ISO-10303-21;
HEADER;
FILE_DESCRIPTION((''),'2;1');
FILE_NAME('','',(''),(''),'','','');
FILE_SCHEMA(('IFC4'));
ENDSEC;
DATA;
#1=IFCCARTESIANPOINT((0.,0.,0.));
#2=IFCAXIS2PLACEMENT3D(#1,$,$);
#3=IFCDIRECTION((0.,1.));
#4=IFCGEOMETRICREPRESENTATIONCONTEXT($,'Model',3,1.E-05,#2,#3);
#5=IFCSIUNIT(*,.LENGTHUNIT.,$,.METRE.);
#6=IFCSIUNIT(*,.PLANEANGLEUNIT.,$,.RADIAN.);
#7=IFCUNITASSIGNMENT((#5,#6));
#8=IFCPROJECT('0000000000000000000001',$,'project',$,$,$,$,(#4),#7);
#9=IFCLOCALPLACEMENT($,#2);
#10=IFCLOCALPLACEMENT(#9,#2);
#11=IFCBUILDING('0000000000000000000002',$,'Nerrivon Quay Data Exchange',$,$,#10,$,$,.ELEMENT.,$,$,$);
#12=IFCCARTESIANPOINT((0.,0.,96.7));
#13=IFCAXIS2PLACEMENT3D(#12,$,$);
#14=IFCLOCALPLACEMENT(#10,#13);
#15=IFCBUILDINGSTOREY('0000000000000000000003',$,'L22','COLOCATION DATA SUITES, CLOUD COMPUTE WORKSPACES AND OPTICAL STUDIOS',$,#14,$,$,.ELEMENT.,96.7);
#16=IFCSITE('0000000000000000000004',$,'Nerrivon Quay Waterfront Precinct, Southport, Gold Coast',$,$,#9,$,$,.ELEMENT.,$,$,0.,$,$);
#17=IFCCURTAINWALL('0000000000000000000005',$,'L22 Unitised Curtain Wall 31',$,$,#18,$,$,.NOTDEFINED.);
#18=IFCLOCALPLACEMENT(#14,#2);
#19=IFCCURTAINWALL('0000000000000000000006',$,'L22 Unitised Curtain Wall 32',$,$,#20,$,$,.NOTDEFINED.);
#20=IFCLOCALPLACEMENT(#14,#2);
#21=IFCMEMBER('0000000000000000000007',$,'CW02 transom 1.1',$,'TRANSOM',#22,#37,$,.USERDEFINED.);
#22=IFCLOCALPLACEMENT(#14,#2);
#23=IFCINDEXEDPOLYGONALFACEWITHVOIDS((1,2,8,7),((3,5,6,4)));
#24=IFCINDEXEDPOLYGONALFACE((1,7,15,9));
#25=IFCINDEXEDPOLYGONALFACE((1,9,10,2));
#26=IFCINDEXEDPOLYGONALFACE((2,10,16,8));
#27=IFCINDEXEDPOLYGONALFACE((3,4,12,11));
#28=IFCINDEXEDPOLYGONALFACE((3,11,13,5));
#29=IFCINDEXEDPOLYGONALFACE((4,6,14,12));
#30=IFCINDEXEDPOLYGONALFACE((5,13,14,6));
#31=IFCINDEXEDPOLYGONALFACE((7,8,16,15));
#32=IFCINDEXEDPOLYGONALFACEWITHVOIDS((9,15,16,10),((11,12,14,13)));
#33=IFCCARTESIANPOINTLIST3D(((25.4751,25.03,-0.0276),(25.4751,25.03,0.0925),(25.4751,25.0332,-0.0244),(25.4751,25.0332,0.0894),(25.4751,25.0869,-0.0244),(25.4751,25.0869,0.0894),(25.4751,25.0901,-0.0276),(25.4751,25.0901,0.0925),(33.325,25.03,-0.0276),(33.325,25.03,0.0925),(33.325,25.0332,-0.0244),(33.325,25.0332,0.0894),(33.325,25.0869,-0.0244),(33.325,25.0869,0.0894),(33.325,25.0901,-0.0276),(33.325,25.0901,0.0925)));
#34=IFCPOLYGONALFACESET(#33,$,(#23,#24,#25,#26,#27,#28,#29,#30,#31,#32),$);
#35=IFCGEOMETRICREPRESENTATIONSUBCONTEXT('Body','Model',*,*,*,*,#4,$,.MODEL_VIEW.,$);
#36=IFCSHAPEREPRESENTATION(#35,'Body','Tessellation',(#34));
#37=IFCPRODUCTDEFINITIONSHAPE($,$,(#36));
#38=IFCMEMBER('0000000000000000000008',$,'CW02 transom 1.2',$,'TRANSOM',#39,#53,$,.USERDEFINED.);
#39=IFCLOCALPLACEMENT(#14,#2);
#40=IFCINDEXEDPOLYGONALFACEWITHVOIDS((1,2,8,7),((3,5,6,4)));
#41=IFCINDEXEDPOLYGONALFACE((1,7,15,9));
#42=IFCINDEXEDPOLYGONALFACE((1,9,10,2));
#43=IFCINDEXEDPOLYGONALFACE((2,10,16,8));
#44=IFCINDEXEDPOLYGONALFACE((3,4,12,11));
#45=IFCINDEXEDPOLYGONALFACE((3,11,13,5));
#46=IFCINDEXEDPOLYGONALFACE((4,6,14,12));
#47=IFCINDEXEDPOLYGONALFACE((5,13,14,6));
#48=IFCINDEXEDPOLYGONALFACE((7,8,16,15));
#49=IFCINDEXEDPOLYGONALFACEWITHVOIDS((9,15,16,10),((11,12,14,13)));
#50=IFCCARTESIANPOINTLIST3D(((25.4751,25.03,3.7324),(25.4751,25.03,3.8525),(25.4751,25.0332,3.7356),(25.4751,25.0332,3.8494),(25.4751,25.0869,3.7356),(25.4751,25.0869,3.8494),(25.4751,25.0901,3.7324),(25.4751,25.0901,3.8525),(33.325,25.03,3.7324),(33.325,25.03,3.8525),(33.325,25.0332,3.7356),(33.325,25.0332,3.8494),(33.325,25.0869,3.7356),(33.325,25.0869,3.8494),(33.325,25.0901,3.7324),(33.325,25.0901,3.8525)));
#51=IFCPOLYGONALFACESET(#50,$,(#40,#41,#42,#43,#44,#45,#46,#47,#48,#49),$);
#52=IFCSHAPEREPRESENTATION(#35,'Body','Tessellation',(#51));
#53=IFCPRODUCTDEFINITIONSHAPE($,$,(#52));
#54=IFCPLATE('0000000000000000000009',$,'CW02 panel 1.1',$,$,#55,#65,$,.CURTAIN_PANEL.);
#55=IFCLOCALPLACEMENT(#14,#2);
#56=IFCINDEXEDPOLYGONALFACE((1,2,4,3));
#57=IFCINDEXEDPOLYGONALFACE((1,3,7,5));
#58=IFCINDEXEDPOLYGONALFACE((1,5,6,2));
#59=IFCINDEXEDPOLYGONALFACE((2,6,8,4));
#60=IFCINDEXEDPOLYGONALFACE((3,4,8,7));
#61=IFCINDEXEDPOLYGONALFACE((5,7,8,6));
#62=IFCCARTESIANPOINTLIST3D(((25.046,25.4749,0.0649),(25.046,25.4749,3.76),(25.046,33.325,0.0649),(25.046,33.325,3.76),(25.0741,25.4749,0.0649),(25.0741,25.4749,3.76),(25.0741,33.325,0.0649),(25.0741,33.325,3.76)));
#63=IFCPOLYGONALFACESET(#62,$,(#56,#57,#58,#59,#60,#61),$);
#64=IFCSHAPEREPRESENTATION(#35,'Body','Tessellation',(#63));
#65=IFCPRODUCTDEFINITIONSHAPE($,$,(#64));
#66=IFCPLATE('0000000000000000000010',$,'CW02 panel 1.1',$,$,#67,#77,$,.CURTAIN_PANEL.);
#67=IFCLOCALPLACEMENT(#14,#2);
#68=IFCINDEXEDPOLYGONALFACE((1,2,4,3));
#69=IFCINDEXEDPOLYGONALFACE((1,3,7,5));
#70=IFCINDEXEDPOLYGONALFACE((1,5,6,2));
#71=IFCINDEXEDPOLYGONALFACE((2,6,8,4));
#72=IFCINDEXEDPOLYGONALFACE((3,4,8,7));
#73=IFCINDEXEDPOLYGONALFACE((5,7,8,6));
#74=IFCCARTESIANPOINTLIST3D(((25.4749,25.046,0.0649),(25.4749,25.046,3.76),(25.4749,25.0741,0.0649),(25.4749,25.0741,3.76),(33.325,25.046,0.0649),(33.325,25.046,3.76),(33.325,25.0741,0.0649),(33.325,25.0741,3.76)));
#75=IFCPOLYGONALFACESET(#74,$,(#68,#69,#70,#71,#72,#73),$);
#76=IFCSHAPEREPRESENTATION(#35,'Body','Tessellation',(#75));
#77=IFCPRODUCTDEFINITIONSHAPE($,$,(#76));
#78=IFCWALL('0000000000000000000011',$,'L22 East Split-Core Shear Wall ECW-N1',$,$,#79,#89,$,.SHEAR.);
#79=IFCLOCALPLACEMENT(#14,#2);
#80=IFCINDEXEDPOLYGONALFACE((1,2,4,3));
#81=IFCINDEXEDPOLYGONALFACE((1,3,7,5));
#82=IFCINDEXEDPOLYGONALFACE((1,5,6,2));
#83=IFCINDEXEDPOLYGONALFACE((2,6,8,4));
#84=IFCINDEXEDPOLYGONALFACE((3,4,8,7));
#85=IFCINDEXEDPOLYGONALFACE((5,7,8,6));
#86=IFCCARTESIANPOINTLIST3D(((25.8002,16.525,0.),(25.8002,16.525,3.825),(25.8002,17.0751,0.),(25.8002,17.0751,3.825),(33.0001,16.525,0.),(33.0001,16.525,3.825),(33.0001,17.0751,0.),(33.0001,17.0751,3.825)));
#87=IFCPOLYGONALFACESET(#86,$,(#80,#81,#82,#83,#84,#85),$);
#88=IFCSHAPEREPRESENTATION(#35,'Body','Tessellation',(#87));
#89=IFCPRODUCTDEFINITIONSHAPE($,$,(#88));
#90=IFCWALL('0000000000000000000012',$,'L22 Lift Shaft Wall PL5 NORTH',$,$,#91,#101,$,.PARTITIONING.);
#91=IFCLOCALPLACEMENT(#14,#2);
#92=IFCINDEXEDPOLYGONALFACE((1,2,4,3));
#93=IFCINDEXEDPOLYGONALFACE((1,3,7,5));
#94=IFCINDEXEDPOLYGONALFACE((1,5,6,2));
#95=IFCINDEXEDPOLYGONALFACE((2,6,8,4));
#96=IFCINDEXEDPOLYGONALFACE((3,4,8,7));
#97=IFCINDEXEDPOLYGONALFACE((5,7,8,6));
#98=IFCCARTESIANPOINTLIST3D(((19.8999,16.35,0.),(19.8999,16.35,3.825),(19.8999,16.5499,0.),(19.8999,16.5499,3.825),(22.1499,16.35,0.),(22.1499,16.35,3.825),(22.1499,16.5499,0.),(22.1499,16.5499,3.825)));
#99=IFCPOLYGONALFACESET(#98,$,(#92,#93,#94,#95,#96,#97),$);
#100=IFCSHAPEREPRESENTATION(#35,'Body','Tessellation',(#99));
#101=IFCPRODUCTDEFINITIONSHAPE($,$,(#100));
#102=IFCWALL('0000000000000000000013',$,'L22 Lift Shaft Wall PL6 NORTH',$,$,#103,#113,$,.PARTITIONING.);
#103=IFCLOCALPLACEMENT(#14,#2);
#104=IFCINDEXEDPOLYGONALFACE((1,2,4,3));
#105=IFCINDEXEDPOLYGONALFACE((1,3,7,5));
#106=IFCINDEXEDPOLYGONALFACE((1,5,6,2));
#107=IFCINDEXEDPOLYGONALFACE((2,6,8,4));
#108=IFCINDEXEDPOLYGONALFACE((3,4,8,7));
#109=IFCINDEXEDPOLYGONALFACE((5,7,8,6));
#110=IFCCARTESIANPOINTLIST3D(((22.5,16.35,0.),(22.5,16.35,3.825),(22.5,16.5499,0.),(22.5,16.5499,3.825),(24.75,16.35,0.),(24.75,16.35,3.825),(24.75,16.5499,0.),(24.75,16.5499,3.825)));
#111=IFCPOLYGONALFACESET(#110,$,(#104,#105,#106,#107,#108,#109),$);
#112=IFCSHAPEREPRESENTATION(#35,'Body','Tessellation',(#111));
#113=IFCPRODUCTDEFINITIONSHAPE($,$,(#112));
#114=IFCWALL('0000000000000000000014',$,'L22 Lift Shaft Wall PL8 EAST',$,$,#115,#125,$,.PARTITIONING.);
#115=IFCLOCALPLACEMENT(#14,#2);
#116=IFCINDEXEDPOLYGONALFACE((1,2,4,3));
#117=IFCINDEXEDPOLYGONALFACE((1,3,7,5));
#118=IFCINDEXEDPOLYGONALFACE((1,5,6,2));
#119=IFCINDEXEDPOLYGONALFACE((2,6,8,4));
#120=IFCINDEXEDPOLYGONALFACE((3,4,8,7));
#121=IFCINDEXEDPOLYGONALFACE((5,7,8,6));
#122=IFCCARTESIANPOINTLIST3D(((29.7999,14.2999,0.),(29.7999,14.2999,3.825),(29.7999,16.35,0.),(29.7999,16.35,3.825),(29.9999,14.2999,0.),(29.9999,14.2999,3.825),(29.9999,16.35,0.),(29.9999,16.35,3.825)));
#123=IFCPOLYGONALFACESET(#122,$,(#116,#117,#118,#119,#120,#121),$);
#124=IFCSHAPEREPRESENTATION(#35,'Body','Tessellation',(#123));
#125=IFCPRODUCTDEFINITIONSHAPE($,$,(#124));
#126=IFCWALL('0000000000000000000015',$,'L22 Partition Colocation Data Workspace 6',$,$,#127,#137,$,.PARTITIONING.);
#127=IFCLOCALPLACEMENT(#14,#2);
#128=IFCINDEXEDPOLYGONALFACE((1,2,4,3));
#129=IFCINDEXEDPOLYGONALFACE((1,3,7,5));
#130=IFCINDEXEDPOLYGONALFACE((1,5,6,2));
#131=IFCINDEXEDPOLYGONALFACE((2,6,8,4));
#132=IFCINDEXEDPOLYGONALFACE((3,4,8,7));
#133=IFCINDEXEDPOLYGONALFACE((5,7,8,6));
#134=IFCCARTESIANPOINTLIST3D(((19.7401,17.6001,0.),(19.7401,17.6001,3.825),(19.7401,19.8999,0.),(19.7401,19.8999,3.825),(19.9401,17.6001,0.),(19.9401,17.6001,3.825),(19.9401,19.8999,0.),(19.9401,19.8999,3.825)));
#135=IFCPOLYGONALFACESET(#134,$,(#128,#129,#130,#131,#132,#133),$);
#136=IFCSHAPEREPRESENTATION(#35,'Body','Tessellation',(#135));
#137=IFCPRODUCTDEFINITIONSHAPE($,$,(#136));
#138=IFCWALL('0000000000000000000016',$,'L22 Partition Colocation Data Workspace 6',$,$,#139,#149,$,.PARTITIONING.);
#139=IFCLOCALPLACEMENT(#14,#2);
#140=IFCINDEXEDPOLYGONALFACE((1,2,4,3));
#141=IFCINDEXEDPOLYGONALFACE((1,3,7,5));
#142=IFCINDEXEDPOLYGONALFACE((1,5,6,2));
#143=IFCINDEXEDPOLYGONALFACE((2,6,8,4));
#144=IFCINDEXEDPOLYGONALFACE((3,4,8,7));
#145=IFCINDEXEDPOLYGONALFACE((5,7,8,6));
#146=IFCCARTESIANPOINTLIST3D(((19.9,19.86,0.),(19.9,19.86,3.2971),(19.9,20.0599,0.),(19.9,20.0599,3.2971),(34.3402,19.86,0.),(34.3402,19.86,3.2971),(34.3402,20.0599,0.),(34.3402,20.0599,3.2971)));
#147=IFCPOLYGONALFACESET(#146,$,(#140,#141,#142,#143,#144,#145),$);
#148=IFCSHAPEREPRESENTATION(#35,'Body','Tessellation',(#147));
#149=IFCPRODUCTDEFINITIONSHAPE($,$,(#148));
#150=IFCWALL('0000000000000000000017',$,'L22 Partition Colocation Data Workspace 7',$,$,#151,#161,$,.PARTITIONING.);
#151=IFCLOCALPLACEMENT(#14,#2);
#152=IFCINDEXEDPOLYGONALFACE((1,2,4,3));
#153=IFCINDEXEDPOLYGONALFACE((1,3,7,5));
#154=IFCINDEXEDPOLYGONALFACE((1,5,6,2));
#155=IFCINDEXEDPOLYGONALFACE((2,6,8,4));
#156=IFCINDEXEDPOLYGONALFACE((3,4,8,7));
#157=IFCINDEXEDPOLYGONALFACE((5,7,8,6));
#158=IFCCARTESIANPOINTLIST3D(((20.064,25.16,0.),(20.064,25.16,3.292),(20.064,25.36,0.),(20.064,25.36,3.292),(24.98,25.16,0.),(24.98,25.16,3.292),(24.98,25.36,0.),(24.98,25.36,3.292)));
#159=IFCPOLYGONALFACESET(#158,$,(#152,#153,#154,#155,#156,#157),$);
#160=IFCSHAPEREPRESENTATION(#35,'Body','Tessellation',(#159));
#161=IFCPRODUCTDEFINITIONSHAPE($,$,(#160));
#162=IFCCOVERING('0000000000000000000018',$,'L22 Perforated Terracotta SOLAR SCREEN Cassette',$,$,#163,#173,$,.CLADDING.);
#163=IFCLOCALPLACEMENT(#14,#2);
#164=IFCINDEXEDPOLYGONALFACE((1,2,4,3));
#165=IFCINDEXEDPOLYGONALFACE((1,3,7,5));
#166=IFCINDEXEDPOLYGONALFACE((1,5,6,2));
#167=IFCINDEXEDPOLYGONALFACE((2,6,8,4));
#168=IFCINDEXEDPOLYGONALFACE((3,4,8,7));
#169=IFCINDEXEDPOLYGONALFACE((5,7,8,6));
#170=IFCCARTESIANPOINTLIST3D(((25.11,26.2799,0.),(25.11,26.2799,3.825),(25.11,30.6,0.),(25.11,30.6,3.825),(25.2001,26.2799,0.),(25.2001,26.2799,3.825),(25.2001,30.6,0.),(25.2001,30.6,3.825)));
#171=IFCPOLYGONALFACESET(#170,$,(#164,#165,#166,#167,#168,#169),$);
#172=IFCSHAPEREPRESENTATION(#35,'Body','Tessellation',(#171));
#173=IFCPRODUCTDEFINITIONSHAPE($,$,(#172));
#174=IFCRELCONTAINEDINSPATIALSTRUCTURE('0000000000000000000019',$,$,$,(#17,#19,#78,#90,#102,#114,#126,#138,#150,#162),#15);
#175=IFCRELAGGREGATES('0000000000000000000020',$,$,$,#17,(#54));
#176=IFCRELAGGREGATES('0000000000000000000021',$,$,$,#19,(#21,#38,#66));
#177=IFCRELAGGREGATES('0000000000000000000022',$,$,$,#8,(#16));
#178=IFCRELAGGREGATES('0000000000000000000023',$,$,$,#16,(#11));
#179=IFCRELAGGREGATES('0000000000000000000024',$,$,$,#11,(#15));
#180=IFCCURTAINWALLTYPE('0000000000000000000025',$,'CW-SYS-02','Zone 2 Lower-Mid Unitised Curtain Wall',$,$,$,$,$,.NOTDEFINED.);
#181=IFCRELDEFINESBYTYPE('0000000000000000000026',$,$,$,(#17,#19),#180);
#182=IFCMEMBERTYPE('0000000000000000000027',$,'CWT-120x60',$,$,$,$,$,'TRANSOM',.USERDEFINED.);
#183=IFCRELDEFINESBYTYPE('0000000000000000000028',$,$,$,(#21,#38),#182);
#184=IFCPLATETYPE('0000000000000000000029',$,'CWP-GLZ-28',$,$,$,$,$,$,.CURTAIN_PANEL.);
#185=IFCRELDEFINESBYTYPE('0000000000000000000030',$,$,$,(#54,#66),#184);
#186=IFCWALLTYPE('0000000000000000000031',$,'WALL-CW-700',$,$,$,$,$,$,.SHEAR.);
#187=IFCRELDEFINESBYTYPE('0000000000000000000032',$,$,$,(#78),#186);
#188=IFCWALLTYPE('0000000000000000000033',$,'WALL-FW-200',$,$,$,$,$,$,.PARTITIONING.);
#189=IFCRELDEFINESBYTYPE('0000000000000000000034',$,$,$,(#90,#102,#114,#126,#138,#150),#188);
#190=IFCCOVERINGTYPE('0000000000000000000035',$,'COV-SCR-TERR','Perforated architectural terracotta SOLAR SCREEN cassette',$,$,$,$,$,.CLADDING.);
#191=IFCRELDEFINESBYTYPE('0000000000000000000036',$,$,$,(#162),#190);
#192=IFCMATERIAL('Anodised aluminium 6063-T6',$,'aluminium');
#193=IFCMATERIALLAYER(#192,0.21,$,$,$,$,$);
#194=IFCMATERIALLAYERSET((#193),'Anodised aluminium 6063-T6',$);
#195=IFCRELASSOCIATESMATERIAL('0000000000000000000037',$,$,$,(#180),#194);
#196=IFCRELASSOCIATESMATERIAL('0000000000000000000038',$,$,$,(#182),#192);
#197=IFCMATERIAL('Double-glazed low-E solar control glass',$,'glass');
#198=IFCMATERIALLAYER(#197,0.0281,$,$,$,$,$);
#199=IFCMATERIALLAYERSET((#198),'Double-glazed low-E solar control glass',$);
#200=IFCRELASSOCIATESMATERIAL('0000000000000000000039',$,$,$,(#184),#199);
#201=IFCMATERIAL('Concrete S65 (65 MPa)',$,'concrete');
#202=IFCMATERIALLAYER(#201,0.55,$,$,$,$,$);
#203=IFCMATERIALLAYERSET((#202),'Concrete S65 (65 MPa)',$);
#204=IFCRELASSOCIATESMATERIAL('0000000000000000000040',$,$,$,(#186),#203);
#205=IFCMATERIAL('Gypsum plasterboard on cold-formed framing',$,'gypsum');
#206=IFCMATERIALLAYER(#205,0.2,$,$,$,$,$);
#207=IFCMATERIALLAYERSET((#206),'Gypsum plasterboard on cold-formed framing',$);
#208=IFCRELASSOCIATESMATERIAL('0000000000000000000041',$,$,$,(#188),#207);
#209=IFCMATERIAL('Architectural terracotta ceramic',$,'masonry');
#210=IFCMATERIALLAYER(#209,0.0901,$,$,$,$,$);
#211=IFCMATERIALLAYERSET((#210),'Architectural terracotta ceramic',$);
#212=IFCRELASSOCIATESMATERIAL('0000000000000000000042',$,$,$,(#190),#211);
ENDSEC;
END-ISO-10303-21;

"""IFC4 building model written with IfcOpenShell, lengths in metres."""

from ifc_helpers import new_model, si_unit, direction, frame, frame_2d, origin, origin_2d, place, context, subcontext, project, spatial, rectangle, hollow_rectangle, extrude, material, layer, layer_set, material_profile, profile_set, type_object, element, aggregate, save


model = new_model("IFC4")

# Units and contexts
model_context = context("Model", 3, precision=1e-05, world=origin(), true_north=direction((0.0, 1.0)))
body_context = subcontext(model_context, "Body", "Model", "MODEL_VIEW")
ifc_project = project(units=[si_unit("LENGTHUNIT", "METRE"), si_unit("PLANEANGLEUNIT", "RADIAN")], contexts=[model_context])

# Site, building, storey
site_placement = place(None, origin())
site = spatial("IfcSite", under=ifc_project, at=site_placement, Name="Nerrivon Quay Waterfront Precinct, Southport, Gold Coast", CompositionType="ELEMENT", RefElevation=0.0)
building_placement = place(site_placement, origin())
building = spatial("IfcBuilding", under=site, at=building_placement, Name="Nerrivon Quay Data Exchange", CompositionType="ELEMENT")
storey_placement = place(building_placement, frame((0.0, 0.0, 96.7)))
storey = spatial("IfcBuildingStorey", under=building, at=storey_placement, Name="L22", Description="COLOCATION DATA SUITES, CLOUD COMPUTE WORKSPACES AND OPTICAL STUDIOS", CompositionType="ELEMENT", Elevation=96.7)

# Shared definitions
ifc_material_1 = material(Name="Concrete S65 (65 MPa)", Category="concrete")

# Curtain wall
ifc_material_2 = material(Name="Anodised aluminium 6063-T6", Category="aluminium")
ifc_layer_1 = layer(ifc_material_2, 0.21)
ifc_layer_set_1 = layer_set([ifc_layer_1], Name="Anodised aluminium 6063-T6")
curtain_wall_type = type_object("IfcCurtainWallType", Name="CW-SYS-02", Description="Zone 2 Lower-Mid Unitised Curtain Wall", PredefinedType="NOTDEFINED", material=ifc_layer_set_1)
curtain_wall_1_placement = place(storey_placement, origin())
curtain_wall_1 = element("IfcCurtainWall", 1, at=curtain_wall_1_placement, inside=storey, type_object=curtain_wall_type, Name="L22 Unitised Curtain Wall 31", PredefinedType="NOTDEFINED")

# Curtain wall
curtain_wall_2_placement = place(storey_placement, origin())
curtain_wall_2 = element("IfcCurtainWall", 2, at=curtain_wall_2_placement, inside=storey, type_object=curtain_wall_type, Name="L22 Unitised Curtain Wall 32", PredefinedType="NOTDEFINED")

# Members
ifc_material_profile_1 = material_profile(ifc_material_2, hollow_rectangle(XDim=0.0601, YDim=0.1201, WallThickness=0.0032, at=origin_2d()), Name="ALU-TRAN-120x60")
ifc_profile_set_1 = profile_set([ifc_material_profile_1], Name="Anodised aluminium 6063-T6")
member_type_1 = type_object("IfcMemberType", Name="CWT-120x60", ElementType="TRANSOM", PredefinedType="USERDEFINED", material=ifc_profile_set_1)
member_1_placement = place(storey_placement, frame((25.4751, 25.0601, 0.0325), z_axis=(1.0, 0.0, 0.0), x_axis=(0.0, 1.0, 0.0)))
member_1 = element("IfcMember", 3, at=member_1_placement, type_object=member_type_1, Name="CW02 transom 1.1", ObjectType="TRANSOM", PredefinedType="USERDEFINED", context=body_context, shape_type="SweptSolid", body=[
    extrude(hollow_rectangle(XDim=0.0601, YDim=0.1201, WallThickness=0.0032, at=origin_2d()), origin(), (0.0, 0.0, 1.0), 7.8499),
])
member_2_placement = place(storey_placement, frame((25.4751, 25.0601, 3.7925), z_axis=(1.0, 0.0, 0.0), x_axis=(0.0, 1.0, 0.0)))
member_2 = element("IfcMember", 4, at=member_2_placement, type_object=member_type_1, Name="CW02 transom 1.2", ObjectType="TRANSOM", PredefinedType="USERDEFINED", context=body_context, shape_type="SweptSolid", body=[
    extrude(hollow_rectangle(XDim=0.0601, YDim=0.1201, WallThickness=0.0032, at=origin_2d()), origin(), (0.0, 0.0, 1.0), 7.8499),
])

# Plates
ifc_material_3 = material(Name="Double-glazed low-E solar control glass", Category="glass")
ifc_layer_2 = layer(ifc_material_3, 0.0281)
ifc_layer_set_2 = layer_set([ifc_layer_2], Name="Double-glazed low-E solar control glass")
plate_type = type_object("IfcPlateType", Name="CWP-GLZ-28", PredefinedType="CURTAIN_PANEL", material=ifc_layer_set_2)
plate_1_placement = place(storey_placement, frame((25.0601, 29.3999, 0.0649), z_axis=(0.0, 0.0, 1.0), x_axis=(0.0, -1.0, 0.0)))
plate_1 = element("IfcPlate", 5, at=plate_1_placement, type_object=plate_type, Name="CW02 panel 1.1", PredefinedType="CURTAIN_PANEL", context=body_context, shape_type="SweptSolid", body=[
    extrude(rectangle(XDim=7.8501, YDim=0.0281, at=origin_2d()), origin(), (0.0, 0.0, 1.0), 3.6951),
])
aggregate(curtain_wall_1, [plate_1])
plate_2_placement = place(storey_placement, frame((29.3999, 25.0601, 0.0649), z_axis=(0.0, 0.0, 1.0), x_axis=(1.0, 0.0, 0.0)))
plate_2 = element("IfcPlate", 6, at=plate_2_placement, type_object=plate_type, Name="CW02 panel 1.1", PredefinedType="CURTAIN_PANEL", context=body_context, shape_type="SweptSolid", body=[
    extrude(rectangle(XDim=7.8501, YDim=0.0281, at=origin_2d()), origin(), (0.0, 0.0, 1.0), 3.6951),
])
aggregate(curtain_wall_2, [member_1, member_2, plate_2])

# Walls
ifc_layer_3 = layer(ifc_material_1, 0.55)
ifc_layer_set_3 = layer_set([ifc_layer_3], Name="Concrete S65 (65 MPa)")
wall_type_1 = type_object("IfcWallType", Name="WALL-CW-700", PredefinedType="SHEAR", material=ifc_layer_set_3)
wall_1_placement = place(storey_placement, frame((25.8, 16.8, 0.0), z_axis=(0.0, 0.0, 1.0), x_axis=(1.0, 0.0, 0.0)))
element("IfcWall", 7, at=wall_1_placement, inside=storey, type_object=wall_type_1, Name="L22 East Split-Core Shear Wall ECW-N1", PredefinedType="SHEAR", context=body_context, shape_type="SweptSolid", body=[
    extrude(rectangle(XDim=7.2, YDim=0.55, at=frame_2d((3.6001, 0.0))), origin(), (0.0, 0.0, 1.0), 3.825),
])
ifc_material_4 = material(Name="Gypsum plasterboard on cold-formed framing", Category="gypsum")
ifc_layer_4 = layer(ifc_material_4, 0.2)
ifc_layer_set_4 = layer_set([ifc_layer_4], Name="Gypsum plasterboard on cold-formed framing")
wall_type_2 = type_object("IfcWallType", Name="WALL-FW-200", PredefinedType="PARTITIONING", material=ifc_layer_set_4)
for number, where, z_axis, x_axis, name in (
    (8, (19.8999, 16.45, 0.0), (0.0, 0.0, 1.0), (1.0, 0.0, 0.0), "L22 Lift Shaft Wall PL5 NORTH"),
    (9, (22.5, 16.45, 0.0), (0.0, 0.0, 1.0), (1.0, 0.0, 0.0), "L22 Lift Shaft Wall PL6 NORTH"),
):
    element("IfcWall", number, at=place(storey_placement, frame(where, z_axis=z_axis, x_axis=x_axis)), inside=storey, type_object=wall_type_2, Name=name, PredefinedType="PARTITIONING", context=body_context, shape_type="SweptSolid", body=[
        extrude(rectangle(XDim=2.25, YDim=0.2, at=frame_2d((1.125, 0.0))), origin(), (0.0, 0.0, 1.0), 3.825),
    ])
wall_2_placement = place(storey_placement, frame((29.8999, 14.3, 0.0), z_axis=(0.0, 0.0, 1.0), x_axis=(0.0, 1.0, 0.0)))
element("IfcWall", 10, at=wall_2_placement, inside=storey, type_object=wall_type_2, Name="L22 Lift Shaft Wall PL8 EAST", PredefinedType="PARTITIONING", context=body_context, shape_type="SweptSolid", body=[
    extrude(rectangle(XDim=2.05, YDim=0.2, at=frame_2d((1.0249, 0.0))), origin(), (0.0, 0.0, 1.0), 3.825),
])
wall_3_placement = place(storey_placement, frame((19.8401, 17.6001, 0.0), z_axis=(0.0, 0.0, 1.0), x_axis=(0.0, 1.0, 0.0)))
element("IfcWall", 11, at=wall_3_placement, inside=storey, type_object=wall_type_2, Name="L22 Partition Colocation Data Workspace 6", PredefinedType="PARTITIONING", context=body_context, shape_type="SweptSolid", body=[
    extrude(rectangle(XDim=2.2998, YDim=0.2, at=frame_2d((1.1499, 0.0))), origin(), (0.0, 0.0, 1.0), 3.825),
])
wall_4_placement = place(storey_placement, frame((19.8999, 19.96, 0.0), z_axis=(0.0, 0.0, 1.0), x_axis=(1.0, 0.0, 0.0)))
element("IfcWall", 12, at=wall_4_placement, inside=storey, type_object=wall_type_2, Name="L22 Partition Colocation Data Workspace 6", PredefinedType="PARTITIONING", context=body_context, shape_type="SweptSolid", body=[
    extrude(rectangle(XDim=14.4402, YDim=0.2, at=frame_2d((7.2202, 0.0))), origin(), (0.0, 0.0, 1.0), 3.2971),
])
wall_5_placement = place(storey_placement, frame((20.064, 25.26, 0.0), z_axis=(0.0, 0.0, 1.0), x_axis=(1.0, 0.0, 0.0)))
element("IfcWall", 13, at=wall_5_placement, inside=storey, type_object=wall_type_2, Name="L22 Partition Colocation Data Workspace 7", PredefinedType="PARTITIONING", context=body_context, shape_type="SweptSolid", body=[
    extrude(rectangle(XDim=4.916, YDim=0.2, at=frame_2d((2.458, 0.0))), origin(), (0.0, 0.0, 1.0), 3.292),
])

# Covering
ifc_material_5 = material(Name="Architectural terracotta ceramic", Category="masonry")
ifc_layer_5 = layer(ifc_material_5, 0.0901)
ifc_layer_set_5 = layer_set([ifc_layer_5], Name="Architectural terracotta ceramic")
covering_type = type_object("IfcCoveringType", Name="COV-SCR-TERR", Description="Perforated architectural terracotta SOLAR SCREEN cassette", PredefinedType="CLADDING", material=ifc_layer_set_5)
covering_placement = place(storey_placement, frame((25.155, 28.4399, 0.0), z_axis=(0.0, 0.0, 1.0), x_axis=(0.0, -1.0, 0.0)))
element("IfcCovering", 14, at=covering_placement, inside=storey, type_object=covering_type, Name="L22 Perforated Terracotta SOLAR SCREEN Cassette", PredefinedType="CLADDING", context=body_context, shape_type="SweptSolid", body=[
    extrude(rectangle(XDim=4.3201, YDim=0.0901, at=origin_2d()), origin(), (0.0, 0.0, 1.0), 3.825),
])

save(model, "model.ifc")
